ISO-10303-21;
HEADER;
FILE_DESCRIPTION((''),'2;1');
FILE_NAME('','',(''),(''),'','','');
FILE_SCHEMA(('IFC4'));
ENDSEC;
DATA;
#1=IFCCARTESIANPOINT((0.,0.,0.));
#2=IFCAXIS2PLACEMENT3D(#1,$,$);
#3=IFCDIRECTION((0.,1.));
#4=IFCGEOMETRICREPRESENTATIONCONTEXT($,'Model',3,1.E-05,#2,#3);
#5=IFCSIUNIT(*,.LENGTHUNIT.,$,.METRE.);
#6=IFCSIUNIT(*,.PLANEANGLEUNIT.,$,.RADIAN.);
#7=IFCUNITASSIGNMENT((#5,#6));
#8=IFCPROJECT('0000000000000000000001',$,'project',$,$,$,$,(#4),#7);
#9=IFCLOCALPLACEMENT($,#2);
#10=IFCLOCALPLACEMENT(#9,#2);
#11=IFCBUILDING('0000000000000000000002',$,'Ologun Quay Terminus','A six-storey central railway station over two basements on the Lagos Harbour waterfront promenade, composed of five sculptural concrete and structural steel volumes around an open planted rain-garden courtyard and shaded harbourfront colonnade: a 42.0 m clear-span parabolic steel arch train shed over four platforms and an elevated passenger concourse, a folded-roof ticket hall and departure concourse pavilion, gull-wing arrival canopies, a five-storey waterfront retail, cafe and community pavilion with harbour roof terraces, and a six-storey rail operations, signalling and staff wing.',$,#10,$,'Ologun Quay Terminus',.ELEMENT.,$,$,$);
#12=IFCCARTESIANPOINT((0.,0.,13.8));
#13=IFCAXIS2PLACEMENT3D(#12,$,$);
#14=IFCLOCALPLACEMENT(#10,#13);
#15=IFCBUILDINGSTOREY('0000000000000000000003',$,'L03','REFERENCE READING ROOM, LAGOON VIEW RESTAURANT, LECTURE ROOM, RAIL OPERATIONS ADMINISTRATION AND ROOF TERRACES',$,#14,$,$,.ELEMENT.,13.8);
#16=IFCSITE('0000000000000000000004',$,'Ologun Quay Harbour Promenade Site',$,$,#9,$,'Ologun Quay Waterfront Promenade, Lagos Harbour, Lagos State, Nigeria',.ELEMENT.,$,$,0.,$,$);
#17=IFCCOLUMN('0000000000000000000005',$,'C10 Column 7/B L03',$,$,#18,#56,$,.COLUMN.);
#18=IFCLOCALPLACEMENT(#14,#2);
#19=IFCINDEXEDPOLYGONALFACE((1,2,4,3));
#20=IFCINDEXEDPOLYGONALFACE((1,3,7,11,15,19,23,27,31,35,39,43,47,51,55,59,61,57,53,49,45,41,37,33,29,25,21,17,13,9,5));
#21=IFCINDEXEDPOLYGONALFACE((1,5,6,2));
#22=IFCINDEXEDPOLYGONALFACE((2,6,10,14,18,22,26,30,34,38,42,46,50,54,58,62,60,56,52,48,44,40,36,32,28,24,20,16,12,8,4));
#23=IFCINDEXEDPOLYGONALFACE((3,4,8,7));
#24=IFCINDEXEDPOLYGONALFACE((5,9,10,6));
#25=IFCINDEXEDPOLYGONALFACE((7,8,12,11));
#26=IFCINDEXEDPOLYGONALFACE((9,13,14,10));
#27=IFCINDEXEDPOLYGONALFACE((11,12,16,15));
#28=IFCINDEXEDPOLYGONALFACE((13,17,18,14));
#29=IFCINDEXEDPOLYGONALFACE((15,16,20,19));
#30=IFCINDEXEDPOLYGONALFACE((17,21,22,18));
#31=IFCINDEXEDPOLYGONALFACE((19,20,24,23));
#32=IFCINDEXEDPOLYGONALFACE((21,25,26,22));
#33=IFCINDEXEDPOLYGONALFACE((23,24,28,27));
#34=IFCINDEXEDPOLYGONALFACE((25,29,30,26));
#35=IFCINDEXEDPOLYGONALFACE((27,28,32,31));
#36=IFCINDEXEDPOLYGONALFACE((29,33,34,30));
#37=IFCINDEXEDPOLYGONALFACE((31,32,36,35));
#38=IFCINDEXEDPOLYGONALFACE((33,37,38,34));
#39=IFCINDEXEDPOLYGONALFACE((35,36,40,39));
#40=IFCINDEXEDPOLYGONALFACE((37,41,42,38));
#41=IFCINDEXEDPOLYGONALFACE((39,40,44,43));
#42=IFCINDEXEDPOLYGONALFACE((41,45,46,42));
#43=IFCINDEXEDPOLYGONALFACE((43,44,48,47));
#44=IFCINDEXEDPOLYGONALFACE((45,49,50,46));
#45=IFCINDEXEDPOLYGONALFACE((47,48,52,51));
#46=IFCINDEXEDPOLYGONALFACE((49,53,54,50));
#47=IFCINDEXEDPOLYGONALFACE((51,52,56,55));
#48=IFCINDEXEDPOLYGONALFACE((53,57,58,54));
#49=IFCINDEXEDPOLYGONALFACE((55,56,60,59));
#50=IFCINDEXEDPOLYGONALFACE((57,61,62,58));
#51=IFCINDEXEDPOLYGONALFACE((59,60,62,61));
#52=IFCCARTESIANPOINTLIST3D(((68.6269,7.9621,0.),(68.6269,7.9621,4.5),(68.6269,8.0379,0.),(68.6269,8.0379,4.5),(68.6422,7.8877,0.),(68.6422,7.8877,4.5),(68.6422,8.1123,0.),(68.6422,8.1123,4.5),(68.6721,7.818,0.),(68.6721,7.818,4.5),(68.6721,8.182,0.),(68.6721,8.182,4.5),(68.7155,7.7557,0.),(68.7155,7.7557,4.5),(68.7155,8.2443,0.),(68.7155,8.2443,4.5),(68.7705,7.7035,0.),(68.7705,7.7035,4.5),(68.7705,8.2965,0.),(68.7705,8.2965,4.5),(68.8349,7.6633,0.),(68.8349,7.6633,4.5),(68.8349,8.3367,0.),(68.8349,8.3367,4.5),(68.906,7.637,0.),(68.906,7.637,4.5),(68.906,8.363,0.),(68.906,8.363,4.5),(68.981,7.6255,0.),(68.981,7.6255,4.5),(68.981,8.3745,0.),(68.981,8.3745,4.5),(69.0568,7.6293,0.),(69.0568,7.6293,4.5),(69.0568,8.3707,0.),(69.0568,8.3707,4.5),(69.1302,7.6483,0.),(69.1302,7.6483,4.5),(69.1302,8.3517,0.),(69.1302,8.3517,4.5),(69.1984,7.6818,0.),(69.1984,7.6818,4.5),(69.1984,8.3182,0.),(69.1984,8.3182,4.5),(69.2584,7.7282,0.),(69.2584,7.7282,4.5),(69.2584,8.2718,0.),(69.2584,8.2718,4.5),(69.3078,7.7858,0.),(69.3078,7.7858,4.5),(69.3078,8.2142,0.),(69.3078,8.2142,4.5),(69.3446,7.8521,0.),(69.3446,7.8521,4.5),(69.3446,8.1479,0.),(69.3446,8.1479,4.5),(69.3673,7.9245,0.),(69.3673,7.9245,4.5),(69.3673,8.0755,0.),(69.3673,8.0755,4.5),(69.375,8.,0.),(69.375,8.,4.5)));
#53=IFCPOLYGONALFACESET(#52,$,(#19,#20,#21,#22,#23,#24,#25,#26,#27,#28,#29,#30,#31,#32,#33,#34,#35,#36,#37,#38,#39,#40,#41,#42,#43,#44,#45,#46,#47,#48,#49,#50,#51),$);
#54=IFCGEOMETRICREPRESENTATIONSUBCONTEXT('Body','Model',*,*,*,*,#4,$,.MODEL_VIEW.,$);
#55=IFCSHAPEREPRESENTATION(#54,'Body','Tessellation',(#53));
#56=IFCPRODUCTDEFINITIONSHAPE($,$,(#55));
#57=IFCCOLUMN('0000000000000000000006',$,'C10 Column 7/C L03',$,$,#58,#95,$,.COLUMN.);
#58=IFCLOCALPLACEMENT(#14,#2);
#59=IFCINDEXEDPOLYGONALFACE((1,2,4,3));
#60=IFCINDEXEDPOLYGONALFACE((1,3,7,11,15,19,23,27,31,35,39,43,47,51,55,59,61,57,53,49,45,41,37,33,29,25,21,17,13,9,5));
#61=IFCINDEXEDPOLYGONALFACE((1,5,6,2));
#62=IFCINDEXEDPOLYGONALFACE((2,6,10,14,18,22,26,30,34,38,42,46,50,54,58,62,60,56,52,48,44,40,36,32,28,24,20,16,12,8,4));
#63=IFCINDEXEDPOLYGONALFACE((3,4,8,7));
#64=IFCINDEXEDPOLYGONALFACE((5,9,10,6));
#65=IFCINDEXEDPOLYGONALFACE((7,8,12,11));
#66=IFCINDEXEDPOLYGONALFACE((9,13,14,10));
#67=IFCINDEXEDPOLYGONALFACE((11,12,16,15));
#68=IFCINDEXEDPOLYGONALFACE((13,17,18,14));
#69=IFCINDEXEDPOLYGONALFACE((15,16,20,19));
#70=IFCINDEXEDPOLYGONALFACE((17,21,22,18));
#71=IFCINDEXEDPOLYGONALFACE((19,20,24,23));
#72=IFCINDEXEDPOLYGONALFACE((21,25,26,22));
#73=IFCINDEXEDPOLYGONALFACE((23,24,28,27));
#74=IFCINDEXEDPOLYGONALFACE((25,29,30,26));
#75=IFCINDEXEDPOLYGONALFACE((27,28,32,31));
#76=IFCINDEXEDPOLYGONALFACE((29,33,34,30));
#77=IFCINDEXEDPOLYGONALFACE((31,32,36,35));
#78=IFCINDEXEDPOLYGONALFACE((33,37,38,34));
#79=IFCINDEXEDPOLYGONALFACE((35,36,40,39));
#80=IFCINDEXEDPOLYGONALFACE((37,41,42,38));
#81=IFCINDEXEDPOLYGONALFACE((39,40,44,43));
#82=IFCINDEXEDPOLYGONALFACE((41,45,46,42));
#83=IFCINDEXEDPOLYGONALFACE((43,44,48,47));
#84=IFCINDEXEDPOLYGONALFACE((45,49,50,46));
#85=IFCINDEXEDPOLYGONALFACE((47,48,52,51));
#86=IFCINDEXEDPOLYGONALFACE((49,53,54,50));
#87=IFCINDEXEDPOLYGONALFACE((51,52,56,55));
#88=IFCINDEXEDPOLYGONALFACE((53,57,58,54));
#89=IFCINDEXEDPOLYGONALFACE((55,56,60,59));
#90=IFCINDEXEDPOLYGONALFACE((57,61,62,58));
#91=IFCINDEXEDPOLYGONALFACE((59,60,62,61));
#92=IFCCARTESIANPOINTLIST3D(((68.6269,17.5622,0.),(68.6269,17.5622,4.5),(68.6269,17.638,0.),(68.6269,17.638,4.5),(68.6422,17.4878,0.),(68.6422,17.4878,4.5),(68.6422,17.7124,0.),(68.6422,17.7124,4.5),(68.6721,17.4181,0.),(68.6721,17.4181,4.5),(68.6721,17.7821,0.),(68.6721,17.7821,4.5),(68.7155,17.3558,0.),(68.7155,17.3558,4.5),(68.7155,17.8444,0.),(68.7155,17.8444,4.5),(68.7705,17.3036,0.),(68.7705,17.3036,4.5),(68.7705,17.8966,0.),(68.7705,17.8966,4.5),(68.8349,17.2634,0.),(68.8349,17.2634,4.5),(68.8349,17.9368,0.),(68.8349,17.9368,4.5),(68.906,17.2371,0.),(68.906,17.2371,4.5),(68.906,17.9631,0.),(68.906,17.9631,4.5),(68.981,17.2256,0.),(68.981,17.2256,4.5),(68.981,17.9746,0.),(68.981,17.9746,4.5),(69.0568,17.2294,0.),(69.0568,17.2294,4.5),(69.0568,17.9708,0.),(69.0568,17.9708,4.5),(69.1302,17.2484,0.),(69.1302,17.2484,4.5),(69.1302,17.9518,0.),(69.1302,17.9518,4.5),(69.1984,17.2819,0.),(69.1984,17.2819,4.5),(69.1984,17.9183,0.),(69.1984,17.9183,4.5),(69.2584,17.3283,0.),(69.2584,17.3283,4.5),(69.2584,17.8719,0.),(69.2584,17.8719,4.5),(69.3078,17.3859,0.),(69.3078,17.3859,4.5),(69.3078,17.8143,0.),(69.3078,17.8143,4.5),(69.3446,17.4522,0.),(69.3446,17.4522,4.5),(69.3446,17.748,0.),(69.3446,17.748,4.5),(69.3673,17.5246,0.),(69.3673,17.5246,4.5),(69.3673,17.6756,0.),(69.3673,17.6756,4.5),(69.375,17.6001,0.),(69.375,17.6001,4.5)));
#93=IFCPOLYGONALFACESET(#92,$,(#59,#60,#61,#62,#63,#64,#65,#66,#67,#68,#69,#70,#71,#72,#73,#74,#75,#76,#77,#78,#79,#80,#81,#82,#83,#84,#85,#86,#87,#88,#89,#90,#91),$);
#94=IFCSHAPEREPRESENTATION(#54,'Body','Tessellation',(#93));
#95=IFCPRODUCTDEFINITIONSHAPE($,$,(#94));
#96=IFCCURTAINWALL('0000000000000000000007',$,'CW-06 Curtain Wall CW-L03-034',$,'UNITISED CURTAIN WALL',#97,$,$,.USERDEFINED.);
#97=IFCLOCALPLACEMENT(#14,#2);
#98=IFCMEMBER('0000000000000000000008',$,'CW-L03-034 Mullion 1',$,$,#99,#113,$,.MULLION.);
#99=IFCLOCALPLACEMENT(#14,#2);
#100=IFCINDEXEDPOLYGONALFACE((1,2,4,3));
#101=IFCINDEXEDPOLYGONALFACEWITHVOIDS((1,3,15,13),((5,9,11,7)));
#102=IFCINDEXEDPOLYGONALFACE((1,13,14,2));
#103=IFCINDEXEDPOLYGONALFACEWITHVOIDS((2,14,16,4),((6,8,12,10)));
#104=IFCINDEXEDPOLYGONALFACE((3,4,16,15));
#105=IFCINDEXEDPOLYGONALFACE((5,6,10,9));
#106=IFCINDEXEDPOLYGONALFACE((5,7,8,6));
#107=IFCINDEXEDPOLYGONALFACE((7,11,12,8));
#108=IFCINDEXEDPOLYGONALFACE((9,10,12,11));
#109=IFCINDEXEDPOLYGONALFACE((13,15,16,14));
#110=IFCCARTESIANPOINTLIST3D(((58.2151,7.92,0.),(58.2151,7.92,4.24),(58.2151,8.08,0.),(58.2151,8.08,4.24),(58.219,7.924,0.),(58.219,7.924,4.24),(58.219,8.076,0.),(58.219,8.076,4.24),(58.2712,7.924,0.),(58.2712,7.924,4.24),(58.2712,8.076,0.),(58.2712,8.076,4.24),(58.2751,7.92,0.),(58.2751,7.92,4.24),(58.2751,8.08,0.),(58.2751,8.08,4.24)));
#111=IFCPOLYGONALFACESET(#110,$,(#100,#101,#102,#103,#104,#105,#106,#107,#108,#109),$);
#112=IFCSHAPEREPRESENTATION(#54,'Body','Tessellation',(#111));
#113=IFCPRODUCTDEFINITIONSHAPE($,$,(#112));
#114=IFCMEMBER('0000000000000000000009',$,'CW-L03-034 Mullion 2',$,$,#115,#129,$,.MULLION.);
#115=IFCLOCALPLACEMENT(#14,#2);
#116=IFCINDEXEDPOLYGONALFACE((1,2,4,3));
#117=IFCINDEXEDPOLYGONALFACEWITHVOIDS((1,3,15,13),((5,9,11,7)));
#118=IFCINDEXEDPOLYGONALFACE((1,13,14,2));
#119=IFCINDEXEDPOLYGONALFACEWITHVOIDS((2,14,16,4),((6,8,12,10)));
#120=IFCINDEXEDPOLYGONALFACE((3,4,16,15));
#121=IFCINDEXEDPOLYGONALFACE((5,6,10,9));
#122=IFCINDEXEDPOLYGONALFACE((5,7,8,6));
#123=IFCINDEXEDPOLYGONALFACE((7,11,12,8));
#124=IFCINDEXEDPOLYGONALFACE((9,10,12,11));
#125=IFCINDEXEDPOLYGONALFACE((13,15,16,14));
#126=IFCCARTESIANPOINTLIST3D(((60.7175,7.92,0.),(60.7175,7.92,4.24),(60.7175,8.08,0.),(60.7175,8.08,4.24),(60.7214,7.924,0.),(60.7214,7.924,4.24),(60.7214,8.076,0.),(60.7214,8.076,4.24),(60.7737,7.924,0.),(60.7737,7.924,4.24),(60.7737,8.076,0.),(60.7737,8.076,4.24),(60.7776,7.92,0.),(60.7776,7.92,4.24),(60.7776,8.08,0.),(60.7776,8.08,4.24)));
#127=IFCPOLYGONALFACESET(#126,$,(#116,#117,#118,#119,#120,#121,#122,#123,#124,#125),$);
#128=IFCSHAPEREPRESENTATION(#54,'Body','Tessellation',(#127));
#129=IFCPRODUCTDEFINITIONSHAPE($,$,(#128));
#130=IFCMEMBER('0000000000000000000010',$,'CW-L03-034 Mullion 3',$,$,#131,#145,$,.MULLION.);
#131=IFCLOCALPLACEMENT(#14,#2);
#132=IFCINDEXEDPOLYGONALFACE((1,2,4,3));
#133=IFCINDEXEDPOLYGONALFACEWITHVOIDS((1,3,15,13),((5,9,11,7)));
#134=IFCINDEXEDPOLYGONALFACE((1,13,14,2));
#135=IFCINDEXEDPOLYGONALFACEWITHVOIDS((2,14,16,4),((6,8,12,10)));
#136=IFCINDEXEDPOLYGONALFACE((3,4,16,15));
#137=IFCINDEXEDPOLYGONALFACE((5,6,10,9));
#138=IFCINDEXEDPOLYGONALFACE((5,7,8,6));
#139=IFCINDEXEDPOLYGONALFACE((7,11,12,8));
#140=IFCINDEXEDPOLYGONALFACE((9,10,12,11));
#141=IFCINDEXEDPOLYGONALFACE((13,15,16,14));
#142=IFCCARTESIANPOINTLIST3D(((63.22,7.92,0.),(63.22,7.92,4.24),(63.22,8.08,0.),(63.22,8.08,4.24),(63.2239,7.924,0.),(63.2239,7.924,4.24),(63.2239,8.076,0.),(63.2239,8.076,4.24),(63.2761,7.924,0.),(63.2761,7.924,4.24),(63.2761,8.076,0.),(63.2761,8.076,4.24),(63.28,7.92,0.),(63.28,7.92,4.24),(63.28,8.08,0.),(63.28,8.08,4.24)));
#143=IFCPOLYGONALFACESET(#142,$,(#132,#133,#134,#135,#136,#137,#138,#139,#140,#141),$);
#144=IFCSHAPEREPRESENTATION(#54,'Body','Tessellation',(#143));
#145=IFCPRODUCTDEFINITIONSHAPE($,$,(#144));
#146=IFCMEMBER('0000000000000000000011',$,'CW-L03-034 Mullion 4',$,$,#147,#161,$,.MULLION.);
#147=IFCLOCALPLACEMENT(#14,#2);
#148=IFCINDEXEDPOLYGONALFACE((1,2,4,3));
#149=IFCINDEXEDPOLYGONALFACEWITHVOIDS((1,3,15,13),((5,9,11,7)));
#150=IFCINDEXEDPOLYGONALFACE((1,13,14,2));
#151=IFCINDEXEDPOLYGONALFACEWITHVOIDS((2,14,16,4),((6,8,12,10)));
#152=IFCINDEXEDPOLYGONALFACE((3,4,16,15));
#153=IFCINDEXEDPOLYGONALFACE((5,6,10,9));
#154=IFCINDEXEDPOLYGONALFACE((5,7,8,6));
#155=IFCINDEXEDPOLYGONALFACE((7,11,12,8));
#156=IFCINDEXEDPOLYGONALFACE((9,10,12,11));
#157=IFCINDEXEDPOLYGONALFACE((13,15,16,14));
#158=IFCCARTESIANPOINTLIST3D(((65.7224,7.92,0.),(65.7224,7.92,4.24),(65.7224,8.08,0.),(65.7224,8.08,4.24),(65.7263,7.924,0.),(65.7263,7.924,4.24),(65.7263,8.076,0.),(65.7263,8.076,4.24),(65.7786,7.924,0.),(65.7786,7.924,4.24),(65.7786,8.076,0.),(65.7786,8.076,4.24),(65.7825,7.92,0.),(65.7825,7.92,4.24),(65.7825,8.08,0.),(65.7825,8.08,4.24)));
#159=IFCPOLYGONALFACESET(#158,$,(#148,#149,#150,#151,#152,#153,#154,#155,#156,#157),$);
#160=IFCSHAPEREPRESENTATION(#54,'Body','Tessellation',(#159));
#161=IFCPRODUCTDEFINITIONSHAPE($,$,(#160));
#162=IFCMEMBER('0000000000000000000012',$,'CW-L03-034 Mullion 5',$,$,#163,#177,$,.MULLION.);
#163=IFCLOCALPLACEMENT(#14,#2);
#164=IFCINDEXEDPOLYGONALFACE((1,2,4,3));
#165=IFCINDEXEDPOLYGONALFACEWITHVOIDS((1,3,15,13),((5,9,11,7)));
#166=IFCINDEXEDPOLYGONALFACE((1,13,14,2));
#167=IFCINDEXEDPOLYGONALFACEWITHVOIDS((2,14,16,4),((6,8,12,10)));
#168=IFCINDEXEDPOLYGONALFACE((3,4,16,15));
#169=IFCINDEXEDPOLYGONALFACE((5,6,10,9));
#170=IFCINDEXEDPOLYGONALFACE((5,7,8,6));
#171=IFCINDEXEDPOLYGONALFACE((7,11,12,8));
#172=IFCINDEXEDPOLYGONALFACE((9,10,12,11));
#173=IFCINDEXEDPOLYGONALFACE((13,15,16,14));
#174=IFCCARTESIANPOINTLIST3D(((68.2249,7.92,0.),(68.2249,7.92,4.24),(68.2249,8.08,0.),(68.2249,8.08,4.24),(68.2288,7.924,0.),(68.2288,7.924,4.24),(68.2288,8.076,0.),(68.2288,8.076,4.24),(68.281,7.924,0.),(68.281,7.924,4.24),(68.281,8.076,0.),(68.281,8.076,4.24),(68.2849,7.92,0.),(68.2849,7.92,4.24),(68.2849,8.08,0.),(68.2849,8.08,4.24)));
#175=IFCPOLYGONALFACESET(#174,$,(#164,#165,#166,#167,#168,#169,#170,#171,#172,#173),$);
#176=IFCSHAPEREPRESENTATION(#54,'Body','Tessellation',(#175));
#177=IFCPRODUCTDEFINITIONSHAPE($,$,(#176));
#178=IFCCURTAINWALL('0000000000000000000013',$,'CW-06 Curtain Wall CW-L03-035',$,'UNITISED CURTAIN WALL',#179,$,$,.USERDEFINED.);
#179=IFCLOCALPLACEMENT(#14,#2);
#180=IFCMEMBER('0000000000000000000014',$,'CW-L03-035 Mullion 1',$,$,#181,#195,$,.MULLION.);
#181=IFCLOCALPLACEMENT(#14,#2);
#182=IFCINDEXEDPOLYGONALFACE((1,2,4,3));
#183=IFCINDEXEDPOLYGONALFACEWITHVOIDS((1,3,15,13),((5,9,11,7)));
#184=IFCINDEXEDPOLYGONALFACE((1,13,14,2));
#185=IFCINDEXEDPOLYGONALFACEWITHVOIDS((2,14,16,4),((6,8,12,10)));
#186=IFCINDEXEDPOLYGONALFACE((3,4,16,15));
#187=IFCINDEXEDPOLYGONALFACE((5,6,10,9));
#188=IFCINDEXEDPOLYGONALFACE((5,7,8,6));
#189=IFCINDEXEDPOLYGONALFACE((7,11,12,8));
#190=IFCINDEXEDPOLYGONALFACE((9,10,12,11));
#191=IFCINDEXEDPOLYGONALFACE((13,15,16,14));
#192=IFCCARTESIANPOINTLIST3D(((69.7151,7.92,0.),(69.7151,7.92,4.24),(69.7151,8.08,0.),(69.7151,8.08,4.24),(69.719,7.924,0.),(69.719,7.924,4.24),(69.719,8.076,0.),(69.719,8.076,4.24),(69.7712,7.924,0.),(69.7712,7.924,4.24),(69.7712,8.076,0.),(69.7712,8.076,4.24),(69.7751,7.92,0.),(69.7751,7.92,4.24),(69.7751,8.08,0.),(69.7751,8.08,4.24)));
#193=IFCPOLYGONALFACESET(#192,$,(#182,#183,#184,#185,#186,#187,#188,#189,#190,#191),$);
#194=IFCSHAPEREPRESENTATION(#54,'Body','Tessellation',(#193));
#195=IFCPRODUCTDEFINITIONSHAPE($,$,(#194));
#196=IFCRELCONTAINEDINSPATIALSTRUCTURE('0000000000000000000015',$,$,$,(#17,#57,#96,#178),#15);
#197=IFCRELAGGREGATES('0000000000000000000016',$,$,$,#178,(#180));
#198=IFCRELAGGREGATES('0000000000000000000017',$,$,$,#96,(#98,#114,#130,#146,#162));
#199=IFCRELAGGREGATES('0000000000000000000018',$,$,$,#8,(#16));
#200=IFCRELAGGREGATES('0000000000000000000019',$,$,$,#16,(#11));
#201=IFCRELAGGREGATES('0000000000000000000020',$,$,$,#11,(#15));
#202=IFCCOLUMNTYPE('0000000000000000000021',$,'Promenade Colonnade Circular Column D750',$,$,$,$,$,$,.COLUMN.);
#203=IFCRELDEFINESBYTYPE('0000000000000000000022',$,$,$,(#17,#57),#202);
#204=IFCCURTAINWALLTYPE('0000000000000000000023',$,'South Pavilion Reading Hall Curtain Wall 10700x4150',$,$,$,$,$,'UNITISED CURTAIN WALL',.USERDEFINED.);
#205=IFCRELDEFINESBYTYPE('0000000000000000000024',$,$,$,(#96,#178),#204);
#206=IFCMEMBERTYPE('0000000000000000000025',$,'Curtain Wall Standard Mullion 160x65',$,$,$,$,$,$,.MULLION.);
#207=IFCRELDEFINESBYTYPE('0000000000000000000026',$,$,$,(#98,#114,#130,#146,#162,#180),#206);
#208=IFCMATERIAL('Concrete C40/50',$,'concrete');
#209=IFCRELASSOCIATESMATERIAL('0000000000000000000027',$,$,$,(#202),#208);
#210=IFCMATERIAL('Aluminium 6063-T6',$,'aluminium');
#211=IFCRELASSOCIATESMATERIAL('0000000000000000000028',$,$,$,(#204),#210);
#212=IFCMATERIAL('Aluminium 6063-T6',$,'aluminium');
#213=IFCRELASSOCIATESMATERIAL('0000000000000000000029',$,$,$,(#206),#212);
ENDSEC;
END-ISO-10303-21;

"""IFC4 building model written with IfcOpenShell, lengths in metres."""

from ifc_helpers import new_model, si_unit, direction, frame, origin, origin_2d, place, context, subcontext, project, spatial, hollow_rectangle, circle, extrude, material, material_profile, profile_set, type_object, element, aggregate, save


model = new_model("IFC4")

# Units and contexts
model_context = context("Model", 3, precision=1e-05, world=origin(), true_north=direction((0.0, 1.0)))
body_context = subcontext(model_context, "Body", "Model", "MODEL_VIEW")
ifc_project = project(units=[si_unit("LENGTHUNIT", "METRE"), si_unit("PLANEANGLEUNIT", "RADIAN")], contexts=[model_context])

# Site, building, storey
site_placement = place(None, origin())
site = spatial("IfcSite", under=ifc_project, at=site_placement, Name="Ologun Quay Harbour Promenade Site", LongName="Ologun Quay Waterfront Promenade, Lagos Harbour, Lagos State, Nigeria", CompositionType="ELEMENT", RefElevation=0.0)
building_placement = place(site_placement, origin())
building = spatial("IfcBuilding", under=site, at=building_placement, Name="Ologun Quay Terminus", Description="A six-storey central railway station over two basements on the Lagos Harbour waterfront promenade, composed of five sculptural concrete and structural steel volumes around an open planted rain-garden courtyard and shaded harbourfront colonnade: a 42.0 m clear-span parabolic steel arch train shed over four platforms and an elevated passenger concourse, a folded-roof ticket hall and departure concourse pavilion, gull-wing arrival canopies, a five-storey waterfront retail, cafe and community pavilion with harbour roof terraces, and a six-storey rail operations, signalling and staff wing.", LongName="Ologun Quay Terminus", CompositionType="ELEMENT")
storey_placement = place(building_placement, frame((0.0, 0.0, 13.8)))
storey = spatial("IfcBuildingStorey", under=building, at=storey_placement, Name="L03", Description="REFERENCE READING ROOM, LAGOON VIEW RESTAURANT, LECTURE ROOM, RAIL OPERATIONS ADMINISTRATION AND ROOF TERRACES", CompositionType="ELEMENT", Elevation=13.8)

# Columns
ifc_material_1 = material(Name="Concrete C40/50", Category="concrete")
ifc_material_profile_1 = material_profile(ifc_material_1, circle(Radius=0.375, at=origin_2d()), Name="RC D750")
ifc_profile_set_1 = profile_set([ifc_material_profile_1], Name="Concrete C40/50")
column_type = type_object("IfcColumnType", Name="Promenade Colonnade Circular Column D750", PredefinedType="COLUMN", material=ifc_profile_set_1)
for number, where, z_axis, x_axis, name in (
    (1, (69.0, 8.0, 0.0), (0.0, 0.0, 1.0), (1.0, 0.0, 0.0), "C10 Column 7/B L03"),
    (2, (69.0, 17.6001, 0.0), (0.0, 0.0, 1.0), (1.0, 0.0, 0.0), "C10 Column 7/C L03"),
):
    element("IfcColumn", number, at=place(storey_placement, frame(where, z_axis=z_axis, x_axis=x_axis)), inside=storey, type_object=column_type, Name=name, PredefinedType="COLUMN", context=body_context, shape_type="SweptSolid", body=[
        extrude(circle(Radius=0.375, at=origin_2d()), origin(), (0.0, 0.0, 1.0), 4.5),
    ])

# Curtain wall, members
ifc_material_2 = material(Name="Aluminium 6063-T6", Category="aluminium")
curtain_wall_type = type_object("IfcCurtainWallType", Name="South Pavilion Reading Hall Curtain Wall 10700x4150", ElementType="UNITISED CURTAIN WALL", PredefinedType="USERDEFINED", material=ifc_material_2)
curtain_wall_1_placement = place(storey_placement, origin())
curtain_wall_1 = element("IfcCurtainWall", 3, at=curtain_wall_1_placement, inside=storey, type_object=curtain_wall_type, Name="CW-06 Curtain Wall CW-L03-034", ObjectType="UNITISED CURTAIN WALL", PredefinedType="USERDEFINED")
ifc_material_3 = material(Name="Aluminium 6063-T6", Category="aluminium")
ifc_material_profile_2 = material_profile(ifc_material_3, hollow_rectangle(XDim=0.0601, YDim=0.1599, WallThickness=0.0039, at=origin_2d()), Name="ALU 160x60x4")
ifc_profile_set_2 = profile_set([ifc_material_profile_2], Name="Aluminium 6063-T6")
member_type_1 = type_object("IfcMemberType", Name="Curtain Wall Standard Mullion 160x65", PredefinedType="MULLION", material=ifc_profile_set_2)
member_1_placement = place(storey_placement, frame((58.2451, 8.0, 0.0), z_axis=(0.0, 0.0, 1.0), x_axis=(1.0, 0.0, 0.0)))
member_1 = element("IfcMember", 4, at=member_1_placement, type_object=member_type_1, Name="CW-L03-034 Mullion 1", PredefinedType="MULLION", context=body_context, shape_type="SweptSolid", body=[
    extrude(hollow_rectangle(XDim=0.0601, YDim=0.1599, WallThickness=0.0039, at=origin_2d()), origin(), (0.0, 0.0, 1.0), 4.24),
])
member_2_placement = place(storey_placement, frame((60.7476, 8.0, 0.0), z_axis=(0.0, 0.0, 1.0), x_axis=(1.0, 0.0, 0.0)))
member_2 = element("IfcMember", 5, at=member_2_placement, type_object=member_type_1, Name="CW-L03-034 Mullion 2", PredefinedType="MULLION", context=body_context, shape_type="SweptSolid", body=[
    extrude(hollow_rectangle(XDim=0.0601, YDim=0.1599, WallThickness=0.0039, at=origin_2d()), origin(), (0.0, 0.0, 1.0), 4.24),
])
member_3_placement = place(storey_placement, frame((63.25, 8.0, 0.0), z_axis=(0.0, 0.0, 1.0), x_axis=(1.0, 0.0, 0.0)))
member_3 = element("IfcMember", 6, at=member_3_placement, type_object=member_type_1, Name="CW-L03-034 Mullion 3", PredefinedType="MULLION", context=body_context, shape_type="SweptSolid", body=[
    extrude(hollow_rectangle(XDim=0.0601, YDim=0.1599, WallThickness=0.0039, at=origin_2d()), origin(), (0.0, 0.0, 1.0), 4.24),
])
member_4_placement = place(storey_placement, frame((65.7524, 8.0, 0.0), z_axis=(0.0, 0.0, 1.0), x_axis=(1.0, 0.0, 0.0)))
member_4 = element("IfcMember", 7, at=member_4_placement, type_object=member_type_1, Name="CW-L03-034 Mullion 4", PredefinedType="MULLION", context=body_context, shape_type="SweptSolid", body=[
    extrude(hollow_rectangle(XDim=0.0601, YDim=0.1599, WallThickness=0.0039, at=origin_2d()), origin(), (0.0, 0.0, 1.0), 4.24),
])
member_5_placement = place(storey_placement, frame((68.2549, 8.0, 0.0), z_axis=(0.0, 0.0, 1.0), x_axis=(1.0, 0.0, 0.0)))
member_5 = element("IfcMember", 8, at=member_5_placement, type_object=member_type_1, Name="CW-L03-034 Mullion 5", PredefinedType="MULLION", context=body_context, shape_type="SweptSolid", body=[
    extrude(hollow_rectangle(XDim=0.0601, YDim=0.1599, WallThickness=0.0039, at=origin_2d()), origin(), (0.0, 0.0, 1.0), 4.24),
])

# Curtain wall, member
curtain_wall_2_placement = place(storey_placement, origin())
curtain_wall_2 = element("IfcCurtainWall", 9, at=curtain_wall_2_placement, inside=storey, type_object=curtain_wall_type, Name="CW-06 Curtain Wall CW-L03-035", ObjectType="UNITISED CURTAIN WALL", PredefinedType="USERDEFINED")
member_6_placement = place(storey_placement, frame((69.7451, 8.0, 0.0), z_axis=(0.0, 0.0, 1.0), x_axis=(1.0, 0.0, 0.0)))
member_6 = element("IfcMember", 10, at=member_6_placement, type_object=member_type_1, Name="CW-L03-035 Mullion 1", PredefinedType="MULLION", context=body_context, shape_type="SweptSolid", body=[
    extrude(hollow_rectangle(XDim=0.0601, YDim=0.1599, WallThickness=0.0039, at=origin_2d()), origin(), (0.0, 0.0, 1.0), 4.24),
])

aggregate(curtain_wall_2, [member_6])

aggregate(curtain_wall_1, [member_1, member_2, member_3, member_4, member_5])

save(model, "model.ifc")
